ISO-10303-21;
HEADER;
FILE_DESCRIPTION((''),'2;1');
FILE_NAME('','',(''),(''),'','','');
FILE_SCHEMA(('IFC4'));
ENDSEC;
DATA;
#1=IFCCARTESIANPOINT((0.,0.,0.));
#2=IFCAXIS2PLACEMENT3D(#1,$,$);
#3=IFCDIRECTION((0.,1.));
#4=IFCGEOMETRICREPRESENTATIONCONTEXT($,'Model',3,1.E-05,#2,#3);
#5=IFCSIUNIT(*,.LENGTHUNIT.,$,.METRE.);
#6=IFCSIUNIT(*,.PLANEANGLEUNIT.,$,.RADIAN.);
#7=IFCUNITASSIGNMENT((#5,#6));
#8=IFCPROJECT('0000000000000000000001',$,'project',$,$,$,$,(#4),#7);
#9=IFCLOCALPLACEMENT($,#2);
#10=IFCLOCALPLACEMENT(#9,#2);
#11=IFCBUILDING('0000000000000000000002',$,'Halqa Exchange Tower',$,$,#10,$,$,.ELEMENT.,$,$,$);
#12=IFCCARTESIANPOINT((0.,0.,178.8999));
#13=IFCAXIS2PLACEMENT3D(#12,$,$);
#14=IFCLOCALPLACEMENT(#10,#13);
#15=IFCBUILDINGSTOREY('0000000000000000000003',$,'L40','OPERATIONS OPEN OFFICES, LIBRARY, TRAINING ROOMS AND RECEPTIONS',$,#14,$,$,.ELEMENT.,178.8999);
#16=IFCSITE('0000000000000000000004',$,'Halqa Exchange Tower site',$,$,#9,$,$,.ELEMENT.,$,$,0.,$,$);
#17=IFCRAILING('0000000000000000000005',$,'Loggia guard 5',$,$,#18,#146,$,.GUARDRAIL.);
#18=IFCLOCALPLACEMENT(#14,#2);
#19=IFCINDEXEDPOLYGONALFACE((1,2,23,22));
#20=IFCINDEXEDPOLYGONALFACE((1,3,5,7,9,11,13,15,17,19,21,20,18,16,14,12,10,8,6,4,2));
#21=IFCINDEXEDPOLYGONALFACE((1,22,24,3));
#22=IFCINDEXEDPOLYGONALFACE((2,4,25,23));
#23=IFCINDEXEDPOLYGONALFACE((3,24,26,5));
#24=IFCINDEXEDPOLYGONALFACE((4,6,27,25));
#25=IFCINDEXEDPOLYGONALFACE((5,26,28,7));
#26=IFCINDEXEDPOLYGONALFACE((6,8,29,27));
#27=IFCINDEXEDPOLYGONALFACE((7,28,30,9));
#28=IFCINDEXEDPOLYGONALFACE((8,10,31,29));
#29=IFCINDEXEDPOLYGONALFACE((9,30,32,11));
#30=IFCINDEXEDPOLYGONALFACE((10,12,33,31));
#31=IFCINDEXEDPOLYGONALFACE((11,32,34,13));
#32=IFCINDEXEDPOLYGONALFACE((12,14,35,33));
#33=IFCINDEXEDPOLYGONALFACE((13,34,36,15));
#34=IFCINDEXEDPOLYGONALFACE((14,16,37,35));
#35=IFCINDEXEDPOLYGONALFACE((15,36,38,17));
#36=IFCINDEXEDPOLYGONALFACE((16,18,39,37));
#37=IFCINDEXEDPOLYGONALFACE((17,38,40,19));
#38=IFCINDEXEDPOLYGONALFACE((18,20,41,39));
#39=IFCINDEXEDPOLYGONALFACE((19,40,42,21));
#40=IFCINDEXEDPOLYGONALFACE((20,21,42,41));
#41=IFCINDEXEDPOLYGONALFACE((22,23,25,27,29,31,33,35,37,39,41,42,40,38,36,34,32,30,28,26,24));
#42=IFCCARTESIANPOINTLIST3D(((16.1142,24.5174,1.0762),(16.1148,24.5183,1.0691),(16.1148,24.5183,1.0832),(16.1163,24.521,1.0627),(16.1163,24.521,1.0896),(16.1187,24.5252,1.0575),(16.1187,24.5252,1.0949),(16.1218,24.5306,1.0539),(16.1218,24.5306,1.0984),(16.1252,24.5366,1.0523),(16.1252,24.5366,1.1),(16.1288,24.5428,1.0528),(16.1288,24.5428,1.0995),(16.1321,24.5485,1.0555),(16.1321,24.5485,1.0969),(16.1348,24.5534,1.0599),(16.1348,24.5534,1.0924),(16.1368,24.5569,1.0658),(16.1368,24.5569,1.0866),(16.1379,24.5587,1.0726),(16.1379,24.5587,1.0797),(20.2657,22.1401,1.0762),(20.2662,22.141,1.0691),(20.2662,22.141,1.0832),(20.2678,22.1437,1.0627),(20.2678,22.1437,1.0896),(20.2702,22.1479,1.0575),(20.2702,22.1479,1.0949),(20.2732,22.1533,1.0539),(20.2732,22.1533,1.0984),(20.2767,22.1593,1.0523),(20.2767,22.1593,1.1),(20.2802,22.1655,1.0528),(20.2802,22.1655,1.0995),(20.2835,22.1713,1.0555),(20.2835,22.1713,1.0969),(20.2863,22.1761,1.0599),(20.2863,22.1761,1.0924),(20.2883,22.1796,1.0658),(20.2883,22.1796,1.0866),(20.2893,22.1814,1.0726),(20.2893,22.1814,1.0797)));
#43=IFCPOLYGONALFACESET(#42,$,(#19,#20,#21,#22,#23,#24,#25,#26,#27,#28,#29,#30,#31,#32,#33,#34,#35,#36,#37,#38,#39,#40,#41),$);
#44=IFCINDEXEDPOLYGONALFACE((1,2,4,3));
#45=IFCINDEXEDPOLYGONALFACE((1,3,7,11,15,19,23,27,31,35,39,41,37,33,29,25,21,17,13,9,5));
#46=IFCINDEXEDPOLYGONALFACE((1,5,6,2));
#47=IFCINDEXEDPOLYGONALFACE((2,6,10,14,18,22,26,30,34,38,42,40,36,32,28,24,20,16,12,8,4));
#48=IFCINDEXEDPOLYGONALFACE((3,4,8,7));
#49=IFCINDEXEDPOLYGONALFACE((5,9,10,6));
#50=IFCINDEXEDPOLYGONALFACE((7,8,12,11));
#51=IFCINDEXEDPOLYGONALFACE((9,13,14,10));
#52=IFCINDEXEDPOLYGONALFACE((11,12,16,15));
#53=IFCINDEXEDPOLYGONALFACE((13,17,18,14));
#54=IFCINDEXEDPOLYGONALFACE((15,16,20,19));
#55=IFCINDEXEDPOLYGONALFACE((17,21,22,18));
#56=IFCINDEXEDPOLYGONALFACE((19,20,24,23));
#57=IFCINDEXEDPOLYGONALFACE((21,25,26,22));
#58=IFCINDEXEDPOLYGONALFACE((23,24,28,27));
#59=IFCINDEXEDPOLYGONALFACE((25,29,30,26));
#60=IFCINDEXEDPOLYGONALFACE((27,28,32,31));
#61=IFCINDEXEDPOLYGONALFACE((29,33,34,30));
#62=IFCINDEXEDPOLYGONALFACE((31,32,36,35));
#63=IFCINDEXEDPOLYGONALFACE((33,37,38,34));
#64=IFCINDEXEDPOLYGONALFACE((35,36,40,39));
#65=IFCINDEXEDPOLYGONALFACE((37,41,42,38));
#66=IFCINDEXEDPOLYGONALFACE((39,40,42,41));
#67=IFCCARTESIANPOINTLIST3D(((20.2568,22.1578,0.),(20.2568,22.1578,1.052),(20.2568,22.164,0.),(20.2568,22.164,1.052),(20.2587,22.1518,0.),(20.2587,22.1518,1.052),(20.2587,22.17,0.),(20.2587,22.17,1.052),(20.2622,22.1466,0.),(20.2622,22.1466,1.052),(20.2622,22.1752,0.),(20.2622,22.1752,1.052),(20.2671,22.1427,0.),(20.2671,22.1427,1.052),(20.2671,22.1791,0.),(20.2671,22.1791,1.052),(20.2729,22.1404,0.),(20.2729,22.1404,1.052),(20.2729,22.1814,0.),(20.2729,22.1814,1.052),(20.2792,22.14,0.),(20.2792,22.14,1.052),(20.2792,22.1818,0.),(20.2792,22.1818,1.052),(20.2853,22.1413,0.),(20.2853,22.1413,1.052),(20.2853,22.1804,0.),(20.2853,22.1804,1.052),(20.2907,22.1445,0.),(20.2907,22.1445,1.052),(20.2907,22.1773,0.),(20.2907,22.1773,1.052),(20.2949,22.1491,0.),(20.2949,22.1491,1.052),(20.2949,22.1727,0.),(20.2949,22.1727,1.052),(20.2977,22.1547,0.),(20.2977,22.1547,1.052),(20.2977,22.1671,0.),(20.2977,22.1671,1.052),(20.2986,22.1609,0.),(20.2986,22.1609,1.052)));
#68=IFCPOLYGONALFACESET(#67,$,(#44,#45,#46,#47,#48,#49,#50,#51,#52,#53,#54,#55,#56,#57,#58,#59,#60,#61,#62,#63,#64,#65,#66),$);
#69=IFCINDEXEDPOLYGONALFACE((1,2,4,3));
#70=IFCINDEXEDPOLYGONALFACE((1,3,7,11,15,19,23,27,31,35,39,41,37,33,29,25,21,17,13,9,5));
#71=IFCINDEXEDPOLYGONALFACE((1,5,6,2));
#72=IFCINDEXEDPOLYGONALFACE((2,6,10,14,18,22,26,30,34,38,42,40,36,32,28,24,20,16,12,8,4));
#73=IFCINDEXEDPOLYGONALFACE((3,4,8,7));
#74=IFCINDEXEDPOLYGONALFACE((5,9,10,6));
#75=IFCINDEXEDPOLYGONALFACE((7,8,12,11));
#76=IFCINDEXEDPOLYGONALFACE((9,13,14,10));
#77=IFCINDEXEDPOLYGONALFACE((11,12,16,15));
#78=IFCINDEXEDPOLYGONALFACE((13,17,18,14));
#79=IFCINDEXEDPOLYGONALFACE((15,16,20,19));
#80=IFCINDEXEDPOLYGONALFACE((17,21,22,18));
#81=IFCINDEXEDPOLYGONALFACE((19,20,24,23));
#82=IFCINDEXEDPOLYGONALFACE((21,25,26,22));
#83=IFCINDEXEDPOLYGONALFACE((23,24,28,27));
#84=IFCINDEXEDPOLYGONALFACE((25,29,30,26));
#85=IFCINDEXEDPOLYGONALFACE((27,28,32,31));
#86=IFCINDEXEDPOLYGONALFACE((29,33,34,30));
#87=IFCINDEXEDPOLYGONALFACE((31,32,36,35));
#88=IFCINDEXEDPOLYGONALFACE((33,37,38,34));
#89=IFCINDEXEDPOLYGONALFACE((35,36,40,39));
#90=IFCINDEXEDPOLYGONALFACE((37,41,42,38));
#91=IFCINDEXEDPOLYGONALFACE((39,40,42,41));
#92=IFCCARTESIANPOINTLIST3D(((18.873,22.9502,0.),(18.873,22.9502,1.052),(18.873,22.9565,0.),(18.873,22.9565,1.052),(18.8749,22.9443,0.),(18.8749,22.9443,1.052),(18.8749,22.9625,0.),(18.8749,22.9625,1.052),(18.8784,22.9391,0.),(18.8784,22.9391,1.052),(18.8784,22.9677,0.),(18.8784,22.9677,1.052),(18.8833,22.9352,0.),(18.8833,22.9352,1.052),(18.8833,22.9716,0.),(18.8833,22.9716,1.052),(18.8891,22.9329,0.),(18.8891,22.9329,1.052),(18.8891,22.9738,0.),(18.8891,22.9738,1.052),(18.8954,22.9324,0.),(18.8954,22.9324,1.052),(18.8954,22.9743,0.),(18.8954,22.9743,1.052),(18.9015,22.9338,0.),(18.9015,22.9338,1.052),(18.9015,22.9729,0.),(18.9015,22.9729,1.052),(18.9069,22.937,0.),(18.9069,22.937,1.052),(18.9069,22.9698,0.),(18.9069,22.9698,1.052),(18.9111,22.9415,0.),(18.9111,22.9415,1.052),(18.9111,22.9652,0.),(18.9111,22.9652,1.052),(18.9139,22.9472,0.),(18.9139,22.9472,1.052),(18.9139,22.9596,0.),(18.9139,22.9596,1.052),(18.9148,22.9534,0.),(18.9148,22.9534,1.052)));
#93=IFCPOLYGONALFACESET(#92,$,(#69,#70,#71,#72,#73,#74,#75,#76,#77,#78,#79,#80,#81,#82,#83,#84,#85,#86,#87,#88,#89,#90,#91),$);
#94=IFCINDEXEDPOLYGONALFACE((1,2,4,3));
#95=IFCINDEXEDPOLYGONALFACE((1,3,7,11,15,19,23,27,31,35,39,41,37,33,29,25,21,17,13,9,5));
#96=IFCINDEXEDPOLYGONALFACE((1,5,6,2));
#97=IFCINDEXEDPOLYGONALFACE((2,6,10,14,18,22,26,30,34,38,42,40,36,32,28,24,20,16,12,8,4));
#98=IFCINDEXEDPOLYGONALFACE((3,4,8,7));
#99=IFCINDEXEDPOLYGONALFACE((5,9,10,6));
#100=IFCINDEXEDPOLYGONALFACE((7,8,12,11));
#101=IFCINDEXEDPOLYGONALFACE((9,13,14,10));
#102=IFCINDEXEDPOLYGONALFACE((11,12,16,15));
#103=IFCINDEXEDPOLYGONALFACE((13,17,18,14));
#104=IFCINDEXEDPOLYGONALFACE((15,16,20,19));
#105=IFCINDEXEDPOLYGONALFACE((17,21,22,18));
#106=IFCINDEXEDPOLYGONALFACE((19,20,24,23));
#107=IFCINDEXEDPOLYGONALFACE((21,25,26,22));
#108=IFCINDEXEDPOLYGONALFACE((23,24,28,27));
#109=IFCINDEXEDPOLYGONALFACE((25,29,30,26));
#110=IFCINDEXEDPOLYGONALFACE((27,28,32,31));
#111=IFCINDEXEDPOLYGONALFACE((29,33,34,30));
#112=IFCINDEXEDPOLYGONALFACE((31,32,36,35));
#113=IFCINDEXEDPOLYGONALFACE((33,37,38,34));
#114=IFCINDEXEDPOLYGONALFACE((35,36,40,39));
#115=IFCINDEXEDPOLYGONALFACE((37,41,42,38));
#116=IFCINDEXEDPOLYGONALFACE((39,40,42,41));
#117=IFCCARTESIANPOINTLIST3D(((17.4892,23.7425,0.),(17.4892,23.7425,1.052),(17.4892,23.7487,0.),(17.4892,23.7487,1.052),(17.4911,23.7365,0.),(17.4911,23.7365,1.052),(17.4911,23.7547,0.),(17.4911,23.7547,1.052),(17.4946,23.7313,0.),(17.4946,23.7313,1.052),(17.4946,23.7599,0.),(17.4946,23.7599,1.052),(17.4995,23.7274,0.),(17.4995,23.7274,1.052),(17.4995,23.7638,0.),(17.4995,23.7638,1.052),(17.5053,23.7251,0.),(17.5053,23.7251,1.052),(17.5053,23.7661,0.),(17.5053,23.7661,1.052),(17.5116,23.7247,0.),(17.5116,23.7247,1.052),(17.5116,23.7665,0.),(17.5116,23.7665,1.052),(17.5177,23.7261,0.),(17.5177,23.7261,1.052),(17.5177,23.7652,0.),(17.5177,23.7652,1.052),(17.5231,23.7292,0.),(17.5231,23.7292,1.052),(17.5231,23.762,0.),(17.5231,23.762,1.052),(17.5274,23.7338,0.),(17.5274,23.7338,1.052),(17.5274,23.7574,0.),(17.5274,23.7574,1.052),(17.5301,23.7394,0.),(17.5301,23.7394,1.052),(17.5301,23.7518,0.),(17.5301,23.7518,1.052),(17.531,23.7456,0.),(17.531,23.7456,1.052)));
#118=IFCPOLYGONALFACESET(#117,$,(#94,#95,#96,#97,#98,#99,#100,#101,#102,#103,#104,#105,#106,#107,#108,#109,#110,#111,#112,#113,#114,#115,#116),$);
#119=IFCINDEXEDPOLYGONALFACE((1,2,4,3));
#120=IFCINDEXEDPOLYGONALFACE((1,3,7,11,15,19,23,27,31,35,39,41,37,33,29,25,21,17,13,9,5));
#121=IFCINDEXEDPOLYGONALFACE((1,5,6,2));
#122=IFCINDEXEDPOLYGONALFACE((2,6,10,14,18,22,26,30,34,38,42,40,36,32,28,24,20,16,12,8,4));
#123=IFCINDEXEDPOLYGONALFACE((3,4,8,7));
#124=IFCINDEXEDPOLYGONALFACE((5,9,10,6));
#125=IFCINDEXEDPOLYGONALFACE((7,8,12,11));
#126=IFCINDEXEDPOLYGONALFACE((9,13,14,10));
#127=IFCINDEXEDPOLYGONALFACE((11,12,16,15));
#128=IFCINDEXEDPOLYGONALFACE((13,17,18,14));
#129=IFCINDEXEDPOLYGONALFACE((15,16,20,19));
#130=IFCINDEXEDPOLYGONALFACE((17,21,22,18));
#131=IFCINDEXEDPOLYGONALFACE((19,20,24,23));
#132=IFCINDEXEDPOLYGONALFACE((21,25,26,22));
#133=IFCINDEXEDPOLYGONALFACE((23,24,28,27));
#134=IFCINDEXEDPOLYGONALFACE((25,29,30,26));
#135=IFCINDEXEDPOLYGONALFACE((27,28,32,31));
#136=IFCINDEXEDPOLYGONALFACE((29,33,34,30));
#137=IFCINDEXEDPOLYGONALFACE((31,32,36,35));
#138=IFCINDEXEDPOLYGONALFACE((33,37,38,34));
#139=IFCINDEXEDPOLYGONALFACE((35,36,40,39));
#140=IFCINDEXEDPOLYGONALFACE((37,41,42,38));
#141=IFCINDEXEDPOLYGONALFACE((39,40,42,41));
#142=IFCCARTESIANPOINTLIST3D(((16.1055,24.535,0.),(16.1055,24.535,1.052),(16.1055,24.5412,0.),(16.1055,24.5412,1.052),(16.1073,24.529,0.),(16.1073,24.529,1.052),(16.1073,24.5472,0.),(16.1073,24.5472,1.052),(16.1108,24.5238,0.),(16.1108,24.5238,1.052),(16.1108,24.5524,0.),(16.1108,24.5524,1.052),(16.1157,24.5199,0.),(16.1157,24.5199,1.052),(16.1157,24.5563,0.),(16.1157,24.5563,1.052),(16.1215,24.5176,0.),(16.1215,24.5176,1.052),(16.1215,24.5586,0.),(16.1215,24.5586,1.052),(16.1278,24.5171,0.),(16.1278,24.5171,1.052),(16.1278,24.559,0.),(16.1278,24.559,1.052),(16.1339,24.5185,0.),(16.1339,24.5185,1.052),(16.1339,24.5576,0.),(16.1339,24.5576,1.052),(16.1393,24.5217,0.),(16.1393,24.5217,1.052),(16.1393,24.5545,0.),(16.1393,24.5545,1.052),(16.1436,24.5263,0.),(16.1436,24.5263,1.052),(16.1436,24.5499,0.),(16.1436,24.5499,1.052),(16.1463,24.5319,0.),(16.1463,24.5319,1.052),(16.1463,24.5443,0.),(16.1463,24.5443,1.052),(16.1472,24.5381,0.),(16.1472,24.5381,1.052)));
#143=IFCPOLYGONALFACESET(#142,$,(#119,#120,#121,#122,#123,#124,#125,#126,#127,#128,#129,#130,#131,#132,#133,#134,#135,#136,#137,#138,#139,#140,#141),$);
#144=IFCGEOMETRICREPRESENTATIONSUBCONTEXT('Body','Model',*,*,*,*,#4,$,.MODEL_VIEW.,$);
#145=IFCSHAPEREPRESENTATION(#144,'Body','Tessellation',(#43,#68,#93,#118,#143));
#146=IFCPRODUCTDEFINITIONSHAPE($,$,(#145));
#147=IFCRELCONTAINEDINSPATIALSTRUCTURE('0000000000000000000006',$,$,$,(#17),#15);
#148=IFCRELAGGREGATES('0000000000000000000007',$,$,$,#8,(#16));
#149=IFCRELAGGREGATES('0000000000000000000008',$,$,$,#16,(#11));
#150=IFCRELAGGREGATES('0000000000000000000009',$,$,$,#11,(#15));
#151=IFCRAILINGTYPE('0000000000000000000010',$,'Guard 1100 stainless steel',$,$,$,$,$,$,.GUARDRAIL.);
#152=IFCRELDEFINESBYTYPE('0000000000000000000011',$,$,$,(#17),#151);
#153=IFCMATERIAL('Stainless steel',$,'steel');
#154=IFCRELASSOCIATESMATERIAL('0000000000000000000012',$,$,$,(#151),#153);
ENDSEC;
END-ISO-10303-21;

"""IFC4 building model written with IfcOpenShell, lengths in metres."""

from ifc_helpers import new_model, si_unit, direction, frame, origin, origin_2d, place, context, subcontext, project, spatial, circle, extrude, material, type_object, element, save


model = new_model("IFC4")

# Units and contexts
model_context = context("Model", 3, precision=1e-05, world=origin(), true_north=direction((0.0, 1.0)))
body_context = subcontext(model_context, "Body", "Model", "MODEL_VIEW")
ifc_project = project(units=[si_unit("LENGTHUNIT", "METRE"), si_unit("PLANEANGLEUNIT", "RADIAN")], contexts=[model_context])

# Site, building, storey
site_placement = place(None, origin())
site = spatial("IfcSite", under=ifc_project, at=site_placement, Name="Halqa Exchange Tower site", CompositionType="ELEMENT", RefElevation=0.0)
building_placement = place(site_placement, origin())
building = spatial("IfcBuilding", under=site, at=building_placement, Name="Halqa Exchange Tower", CompositionType="ELEMENT")
storey_placement = place(building_placement, frame((0.0, 0.0, 178.8999)))
storey = spatial("IfcBuildingStorey", under=building, at=storey_placement, Name="L40", Description="OPERATIONS OPEN OFFICES, LIBRARY, TRAINING ROOMS AND RECEPTIONS", CompositionType="ELEMENT", Elevation=178.8999)

# Railing
ifc_material_1 = material(Name="Stainless steel", Category="steel")
railing_type = type_object("IfcRailingType", Name="Guard 1100 stainless steel", PredefinedType="GUARDRAIL", material=ifc_material_1)
railing_1_placement = place(storey_placement, frame((20.2776, 22.1609, 0.0)))
element("IfcRailing", 1, at=railing_1_placement, inside=storey, type_object=railing_type, Name="Loggia guard 5", PredefinedType="GUARDRAIL", context=body_context, shape_type="SweptSolid", body=[
    extrude(circle(Radius=0.0239, at=origin_2d()), frame((0.0, 0.0, 1.0762), z_axis=(-0.867794, 0.496925, 0.0), x_axis=(-0.496925, -0.867794, 0.0)), (0.0, 0.0, 1.0), 4.7839),
    extrude(circle(Radius=0.021, at=origin_2d()), origin(), (0.0, 0.0, 1.0), 1.052),
    extrude(circle(Radius=0.021, at=origin_2d()), frame((-1.3838, 0.7925, 0.0)), (0.0, 0.0, 1.0), 1.052),
    extrude(circle(Radius=0.021, at=origin_2d()), frame((-2.7676, 1.5847, 0.0)), (0.0, 0.0, 1.0), 1.052),
    extrude(circle(Radius=0.021, at=origin_2d()), frame((-4.1514, 2.3772, 0.0)), (0.0, 0.0, 1.0), 1.052),
])

save(model, "model.ifc")
